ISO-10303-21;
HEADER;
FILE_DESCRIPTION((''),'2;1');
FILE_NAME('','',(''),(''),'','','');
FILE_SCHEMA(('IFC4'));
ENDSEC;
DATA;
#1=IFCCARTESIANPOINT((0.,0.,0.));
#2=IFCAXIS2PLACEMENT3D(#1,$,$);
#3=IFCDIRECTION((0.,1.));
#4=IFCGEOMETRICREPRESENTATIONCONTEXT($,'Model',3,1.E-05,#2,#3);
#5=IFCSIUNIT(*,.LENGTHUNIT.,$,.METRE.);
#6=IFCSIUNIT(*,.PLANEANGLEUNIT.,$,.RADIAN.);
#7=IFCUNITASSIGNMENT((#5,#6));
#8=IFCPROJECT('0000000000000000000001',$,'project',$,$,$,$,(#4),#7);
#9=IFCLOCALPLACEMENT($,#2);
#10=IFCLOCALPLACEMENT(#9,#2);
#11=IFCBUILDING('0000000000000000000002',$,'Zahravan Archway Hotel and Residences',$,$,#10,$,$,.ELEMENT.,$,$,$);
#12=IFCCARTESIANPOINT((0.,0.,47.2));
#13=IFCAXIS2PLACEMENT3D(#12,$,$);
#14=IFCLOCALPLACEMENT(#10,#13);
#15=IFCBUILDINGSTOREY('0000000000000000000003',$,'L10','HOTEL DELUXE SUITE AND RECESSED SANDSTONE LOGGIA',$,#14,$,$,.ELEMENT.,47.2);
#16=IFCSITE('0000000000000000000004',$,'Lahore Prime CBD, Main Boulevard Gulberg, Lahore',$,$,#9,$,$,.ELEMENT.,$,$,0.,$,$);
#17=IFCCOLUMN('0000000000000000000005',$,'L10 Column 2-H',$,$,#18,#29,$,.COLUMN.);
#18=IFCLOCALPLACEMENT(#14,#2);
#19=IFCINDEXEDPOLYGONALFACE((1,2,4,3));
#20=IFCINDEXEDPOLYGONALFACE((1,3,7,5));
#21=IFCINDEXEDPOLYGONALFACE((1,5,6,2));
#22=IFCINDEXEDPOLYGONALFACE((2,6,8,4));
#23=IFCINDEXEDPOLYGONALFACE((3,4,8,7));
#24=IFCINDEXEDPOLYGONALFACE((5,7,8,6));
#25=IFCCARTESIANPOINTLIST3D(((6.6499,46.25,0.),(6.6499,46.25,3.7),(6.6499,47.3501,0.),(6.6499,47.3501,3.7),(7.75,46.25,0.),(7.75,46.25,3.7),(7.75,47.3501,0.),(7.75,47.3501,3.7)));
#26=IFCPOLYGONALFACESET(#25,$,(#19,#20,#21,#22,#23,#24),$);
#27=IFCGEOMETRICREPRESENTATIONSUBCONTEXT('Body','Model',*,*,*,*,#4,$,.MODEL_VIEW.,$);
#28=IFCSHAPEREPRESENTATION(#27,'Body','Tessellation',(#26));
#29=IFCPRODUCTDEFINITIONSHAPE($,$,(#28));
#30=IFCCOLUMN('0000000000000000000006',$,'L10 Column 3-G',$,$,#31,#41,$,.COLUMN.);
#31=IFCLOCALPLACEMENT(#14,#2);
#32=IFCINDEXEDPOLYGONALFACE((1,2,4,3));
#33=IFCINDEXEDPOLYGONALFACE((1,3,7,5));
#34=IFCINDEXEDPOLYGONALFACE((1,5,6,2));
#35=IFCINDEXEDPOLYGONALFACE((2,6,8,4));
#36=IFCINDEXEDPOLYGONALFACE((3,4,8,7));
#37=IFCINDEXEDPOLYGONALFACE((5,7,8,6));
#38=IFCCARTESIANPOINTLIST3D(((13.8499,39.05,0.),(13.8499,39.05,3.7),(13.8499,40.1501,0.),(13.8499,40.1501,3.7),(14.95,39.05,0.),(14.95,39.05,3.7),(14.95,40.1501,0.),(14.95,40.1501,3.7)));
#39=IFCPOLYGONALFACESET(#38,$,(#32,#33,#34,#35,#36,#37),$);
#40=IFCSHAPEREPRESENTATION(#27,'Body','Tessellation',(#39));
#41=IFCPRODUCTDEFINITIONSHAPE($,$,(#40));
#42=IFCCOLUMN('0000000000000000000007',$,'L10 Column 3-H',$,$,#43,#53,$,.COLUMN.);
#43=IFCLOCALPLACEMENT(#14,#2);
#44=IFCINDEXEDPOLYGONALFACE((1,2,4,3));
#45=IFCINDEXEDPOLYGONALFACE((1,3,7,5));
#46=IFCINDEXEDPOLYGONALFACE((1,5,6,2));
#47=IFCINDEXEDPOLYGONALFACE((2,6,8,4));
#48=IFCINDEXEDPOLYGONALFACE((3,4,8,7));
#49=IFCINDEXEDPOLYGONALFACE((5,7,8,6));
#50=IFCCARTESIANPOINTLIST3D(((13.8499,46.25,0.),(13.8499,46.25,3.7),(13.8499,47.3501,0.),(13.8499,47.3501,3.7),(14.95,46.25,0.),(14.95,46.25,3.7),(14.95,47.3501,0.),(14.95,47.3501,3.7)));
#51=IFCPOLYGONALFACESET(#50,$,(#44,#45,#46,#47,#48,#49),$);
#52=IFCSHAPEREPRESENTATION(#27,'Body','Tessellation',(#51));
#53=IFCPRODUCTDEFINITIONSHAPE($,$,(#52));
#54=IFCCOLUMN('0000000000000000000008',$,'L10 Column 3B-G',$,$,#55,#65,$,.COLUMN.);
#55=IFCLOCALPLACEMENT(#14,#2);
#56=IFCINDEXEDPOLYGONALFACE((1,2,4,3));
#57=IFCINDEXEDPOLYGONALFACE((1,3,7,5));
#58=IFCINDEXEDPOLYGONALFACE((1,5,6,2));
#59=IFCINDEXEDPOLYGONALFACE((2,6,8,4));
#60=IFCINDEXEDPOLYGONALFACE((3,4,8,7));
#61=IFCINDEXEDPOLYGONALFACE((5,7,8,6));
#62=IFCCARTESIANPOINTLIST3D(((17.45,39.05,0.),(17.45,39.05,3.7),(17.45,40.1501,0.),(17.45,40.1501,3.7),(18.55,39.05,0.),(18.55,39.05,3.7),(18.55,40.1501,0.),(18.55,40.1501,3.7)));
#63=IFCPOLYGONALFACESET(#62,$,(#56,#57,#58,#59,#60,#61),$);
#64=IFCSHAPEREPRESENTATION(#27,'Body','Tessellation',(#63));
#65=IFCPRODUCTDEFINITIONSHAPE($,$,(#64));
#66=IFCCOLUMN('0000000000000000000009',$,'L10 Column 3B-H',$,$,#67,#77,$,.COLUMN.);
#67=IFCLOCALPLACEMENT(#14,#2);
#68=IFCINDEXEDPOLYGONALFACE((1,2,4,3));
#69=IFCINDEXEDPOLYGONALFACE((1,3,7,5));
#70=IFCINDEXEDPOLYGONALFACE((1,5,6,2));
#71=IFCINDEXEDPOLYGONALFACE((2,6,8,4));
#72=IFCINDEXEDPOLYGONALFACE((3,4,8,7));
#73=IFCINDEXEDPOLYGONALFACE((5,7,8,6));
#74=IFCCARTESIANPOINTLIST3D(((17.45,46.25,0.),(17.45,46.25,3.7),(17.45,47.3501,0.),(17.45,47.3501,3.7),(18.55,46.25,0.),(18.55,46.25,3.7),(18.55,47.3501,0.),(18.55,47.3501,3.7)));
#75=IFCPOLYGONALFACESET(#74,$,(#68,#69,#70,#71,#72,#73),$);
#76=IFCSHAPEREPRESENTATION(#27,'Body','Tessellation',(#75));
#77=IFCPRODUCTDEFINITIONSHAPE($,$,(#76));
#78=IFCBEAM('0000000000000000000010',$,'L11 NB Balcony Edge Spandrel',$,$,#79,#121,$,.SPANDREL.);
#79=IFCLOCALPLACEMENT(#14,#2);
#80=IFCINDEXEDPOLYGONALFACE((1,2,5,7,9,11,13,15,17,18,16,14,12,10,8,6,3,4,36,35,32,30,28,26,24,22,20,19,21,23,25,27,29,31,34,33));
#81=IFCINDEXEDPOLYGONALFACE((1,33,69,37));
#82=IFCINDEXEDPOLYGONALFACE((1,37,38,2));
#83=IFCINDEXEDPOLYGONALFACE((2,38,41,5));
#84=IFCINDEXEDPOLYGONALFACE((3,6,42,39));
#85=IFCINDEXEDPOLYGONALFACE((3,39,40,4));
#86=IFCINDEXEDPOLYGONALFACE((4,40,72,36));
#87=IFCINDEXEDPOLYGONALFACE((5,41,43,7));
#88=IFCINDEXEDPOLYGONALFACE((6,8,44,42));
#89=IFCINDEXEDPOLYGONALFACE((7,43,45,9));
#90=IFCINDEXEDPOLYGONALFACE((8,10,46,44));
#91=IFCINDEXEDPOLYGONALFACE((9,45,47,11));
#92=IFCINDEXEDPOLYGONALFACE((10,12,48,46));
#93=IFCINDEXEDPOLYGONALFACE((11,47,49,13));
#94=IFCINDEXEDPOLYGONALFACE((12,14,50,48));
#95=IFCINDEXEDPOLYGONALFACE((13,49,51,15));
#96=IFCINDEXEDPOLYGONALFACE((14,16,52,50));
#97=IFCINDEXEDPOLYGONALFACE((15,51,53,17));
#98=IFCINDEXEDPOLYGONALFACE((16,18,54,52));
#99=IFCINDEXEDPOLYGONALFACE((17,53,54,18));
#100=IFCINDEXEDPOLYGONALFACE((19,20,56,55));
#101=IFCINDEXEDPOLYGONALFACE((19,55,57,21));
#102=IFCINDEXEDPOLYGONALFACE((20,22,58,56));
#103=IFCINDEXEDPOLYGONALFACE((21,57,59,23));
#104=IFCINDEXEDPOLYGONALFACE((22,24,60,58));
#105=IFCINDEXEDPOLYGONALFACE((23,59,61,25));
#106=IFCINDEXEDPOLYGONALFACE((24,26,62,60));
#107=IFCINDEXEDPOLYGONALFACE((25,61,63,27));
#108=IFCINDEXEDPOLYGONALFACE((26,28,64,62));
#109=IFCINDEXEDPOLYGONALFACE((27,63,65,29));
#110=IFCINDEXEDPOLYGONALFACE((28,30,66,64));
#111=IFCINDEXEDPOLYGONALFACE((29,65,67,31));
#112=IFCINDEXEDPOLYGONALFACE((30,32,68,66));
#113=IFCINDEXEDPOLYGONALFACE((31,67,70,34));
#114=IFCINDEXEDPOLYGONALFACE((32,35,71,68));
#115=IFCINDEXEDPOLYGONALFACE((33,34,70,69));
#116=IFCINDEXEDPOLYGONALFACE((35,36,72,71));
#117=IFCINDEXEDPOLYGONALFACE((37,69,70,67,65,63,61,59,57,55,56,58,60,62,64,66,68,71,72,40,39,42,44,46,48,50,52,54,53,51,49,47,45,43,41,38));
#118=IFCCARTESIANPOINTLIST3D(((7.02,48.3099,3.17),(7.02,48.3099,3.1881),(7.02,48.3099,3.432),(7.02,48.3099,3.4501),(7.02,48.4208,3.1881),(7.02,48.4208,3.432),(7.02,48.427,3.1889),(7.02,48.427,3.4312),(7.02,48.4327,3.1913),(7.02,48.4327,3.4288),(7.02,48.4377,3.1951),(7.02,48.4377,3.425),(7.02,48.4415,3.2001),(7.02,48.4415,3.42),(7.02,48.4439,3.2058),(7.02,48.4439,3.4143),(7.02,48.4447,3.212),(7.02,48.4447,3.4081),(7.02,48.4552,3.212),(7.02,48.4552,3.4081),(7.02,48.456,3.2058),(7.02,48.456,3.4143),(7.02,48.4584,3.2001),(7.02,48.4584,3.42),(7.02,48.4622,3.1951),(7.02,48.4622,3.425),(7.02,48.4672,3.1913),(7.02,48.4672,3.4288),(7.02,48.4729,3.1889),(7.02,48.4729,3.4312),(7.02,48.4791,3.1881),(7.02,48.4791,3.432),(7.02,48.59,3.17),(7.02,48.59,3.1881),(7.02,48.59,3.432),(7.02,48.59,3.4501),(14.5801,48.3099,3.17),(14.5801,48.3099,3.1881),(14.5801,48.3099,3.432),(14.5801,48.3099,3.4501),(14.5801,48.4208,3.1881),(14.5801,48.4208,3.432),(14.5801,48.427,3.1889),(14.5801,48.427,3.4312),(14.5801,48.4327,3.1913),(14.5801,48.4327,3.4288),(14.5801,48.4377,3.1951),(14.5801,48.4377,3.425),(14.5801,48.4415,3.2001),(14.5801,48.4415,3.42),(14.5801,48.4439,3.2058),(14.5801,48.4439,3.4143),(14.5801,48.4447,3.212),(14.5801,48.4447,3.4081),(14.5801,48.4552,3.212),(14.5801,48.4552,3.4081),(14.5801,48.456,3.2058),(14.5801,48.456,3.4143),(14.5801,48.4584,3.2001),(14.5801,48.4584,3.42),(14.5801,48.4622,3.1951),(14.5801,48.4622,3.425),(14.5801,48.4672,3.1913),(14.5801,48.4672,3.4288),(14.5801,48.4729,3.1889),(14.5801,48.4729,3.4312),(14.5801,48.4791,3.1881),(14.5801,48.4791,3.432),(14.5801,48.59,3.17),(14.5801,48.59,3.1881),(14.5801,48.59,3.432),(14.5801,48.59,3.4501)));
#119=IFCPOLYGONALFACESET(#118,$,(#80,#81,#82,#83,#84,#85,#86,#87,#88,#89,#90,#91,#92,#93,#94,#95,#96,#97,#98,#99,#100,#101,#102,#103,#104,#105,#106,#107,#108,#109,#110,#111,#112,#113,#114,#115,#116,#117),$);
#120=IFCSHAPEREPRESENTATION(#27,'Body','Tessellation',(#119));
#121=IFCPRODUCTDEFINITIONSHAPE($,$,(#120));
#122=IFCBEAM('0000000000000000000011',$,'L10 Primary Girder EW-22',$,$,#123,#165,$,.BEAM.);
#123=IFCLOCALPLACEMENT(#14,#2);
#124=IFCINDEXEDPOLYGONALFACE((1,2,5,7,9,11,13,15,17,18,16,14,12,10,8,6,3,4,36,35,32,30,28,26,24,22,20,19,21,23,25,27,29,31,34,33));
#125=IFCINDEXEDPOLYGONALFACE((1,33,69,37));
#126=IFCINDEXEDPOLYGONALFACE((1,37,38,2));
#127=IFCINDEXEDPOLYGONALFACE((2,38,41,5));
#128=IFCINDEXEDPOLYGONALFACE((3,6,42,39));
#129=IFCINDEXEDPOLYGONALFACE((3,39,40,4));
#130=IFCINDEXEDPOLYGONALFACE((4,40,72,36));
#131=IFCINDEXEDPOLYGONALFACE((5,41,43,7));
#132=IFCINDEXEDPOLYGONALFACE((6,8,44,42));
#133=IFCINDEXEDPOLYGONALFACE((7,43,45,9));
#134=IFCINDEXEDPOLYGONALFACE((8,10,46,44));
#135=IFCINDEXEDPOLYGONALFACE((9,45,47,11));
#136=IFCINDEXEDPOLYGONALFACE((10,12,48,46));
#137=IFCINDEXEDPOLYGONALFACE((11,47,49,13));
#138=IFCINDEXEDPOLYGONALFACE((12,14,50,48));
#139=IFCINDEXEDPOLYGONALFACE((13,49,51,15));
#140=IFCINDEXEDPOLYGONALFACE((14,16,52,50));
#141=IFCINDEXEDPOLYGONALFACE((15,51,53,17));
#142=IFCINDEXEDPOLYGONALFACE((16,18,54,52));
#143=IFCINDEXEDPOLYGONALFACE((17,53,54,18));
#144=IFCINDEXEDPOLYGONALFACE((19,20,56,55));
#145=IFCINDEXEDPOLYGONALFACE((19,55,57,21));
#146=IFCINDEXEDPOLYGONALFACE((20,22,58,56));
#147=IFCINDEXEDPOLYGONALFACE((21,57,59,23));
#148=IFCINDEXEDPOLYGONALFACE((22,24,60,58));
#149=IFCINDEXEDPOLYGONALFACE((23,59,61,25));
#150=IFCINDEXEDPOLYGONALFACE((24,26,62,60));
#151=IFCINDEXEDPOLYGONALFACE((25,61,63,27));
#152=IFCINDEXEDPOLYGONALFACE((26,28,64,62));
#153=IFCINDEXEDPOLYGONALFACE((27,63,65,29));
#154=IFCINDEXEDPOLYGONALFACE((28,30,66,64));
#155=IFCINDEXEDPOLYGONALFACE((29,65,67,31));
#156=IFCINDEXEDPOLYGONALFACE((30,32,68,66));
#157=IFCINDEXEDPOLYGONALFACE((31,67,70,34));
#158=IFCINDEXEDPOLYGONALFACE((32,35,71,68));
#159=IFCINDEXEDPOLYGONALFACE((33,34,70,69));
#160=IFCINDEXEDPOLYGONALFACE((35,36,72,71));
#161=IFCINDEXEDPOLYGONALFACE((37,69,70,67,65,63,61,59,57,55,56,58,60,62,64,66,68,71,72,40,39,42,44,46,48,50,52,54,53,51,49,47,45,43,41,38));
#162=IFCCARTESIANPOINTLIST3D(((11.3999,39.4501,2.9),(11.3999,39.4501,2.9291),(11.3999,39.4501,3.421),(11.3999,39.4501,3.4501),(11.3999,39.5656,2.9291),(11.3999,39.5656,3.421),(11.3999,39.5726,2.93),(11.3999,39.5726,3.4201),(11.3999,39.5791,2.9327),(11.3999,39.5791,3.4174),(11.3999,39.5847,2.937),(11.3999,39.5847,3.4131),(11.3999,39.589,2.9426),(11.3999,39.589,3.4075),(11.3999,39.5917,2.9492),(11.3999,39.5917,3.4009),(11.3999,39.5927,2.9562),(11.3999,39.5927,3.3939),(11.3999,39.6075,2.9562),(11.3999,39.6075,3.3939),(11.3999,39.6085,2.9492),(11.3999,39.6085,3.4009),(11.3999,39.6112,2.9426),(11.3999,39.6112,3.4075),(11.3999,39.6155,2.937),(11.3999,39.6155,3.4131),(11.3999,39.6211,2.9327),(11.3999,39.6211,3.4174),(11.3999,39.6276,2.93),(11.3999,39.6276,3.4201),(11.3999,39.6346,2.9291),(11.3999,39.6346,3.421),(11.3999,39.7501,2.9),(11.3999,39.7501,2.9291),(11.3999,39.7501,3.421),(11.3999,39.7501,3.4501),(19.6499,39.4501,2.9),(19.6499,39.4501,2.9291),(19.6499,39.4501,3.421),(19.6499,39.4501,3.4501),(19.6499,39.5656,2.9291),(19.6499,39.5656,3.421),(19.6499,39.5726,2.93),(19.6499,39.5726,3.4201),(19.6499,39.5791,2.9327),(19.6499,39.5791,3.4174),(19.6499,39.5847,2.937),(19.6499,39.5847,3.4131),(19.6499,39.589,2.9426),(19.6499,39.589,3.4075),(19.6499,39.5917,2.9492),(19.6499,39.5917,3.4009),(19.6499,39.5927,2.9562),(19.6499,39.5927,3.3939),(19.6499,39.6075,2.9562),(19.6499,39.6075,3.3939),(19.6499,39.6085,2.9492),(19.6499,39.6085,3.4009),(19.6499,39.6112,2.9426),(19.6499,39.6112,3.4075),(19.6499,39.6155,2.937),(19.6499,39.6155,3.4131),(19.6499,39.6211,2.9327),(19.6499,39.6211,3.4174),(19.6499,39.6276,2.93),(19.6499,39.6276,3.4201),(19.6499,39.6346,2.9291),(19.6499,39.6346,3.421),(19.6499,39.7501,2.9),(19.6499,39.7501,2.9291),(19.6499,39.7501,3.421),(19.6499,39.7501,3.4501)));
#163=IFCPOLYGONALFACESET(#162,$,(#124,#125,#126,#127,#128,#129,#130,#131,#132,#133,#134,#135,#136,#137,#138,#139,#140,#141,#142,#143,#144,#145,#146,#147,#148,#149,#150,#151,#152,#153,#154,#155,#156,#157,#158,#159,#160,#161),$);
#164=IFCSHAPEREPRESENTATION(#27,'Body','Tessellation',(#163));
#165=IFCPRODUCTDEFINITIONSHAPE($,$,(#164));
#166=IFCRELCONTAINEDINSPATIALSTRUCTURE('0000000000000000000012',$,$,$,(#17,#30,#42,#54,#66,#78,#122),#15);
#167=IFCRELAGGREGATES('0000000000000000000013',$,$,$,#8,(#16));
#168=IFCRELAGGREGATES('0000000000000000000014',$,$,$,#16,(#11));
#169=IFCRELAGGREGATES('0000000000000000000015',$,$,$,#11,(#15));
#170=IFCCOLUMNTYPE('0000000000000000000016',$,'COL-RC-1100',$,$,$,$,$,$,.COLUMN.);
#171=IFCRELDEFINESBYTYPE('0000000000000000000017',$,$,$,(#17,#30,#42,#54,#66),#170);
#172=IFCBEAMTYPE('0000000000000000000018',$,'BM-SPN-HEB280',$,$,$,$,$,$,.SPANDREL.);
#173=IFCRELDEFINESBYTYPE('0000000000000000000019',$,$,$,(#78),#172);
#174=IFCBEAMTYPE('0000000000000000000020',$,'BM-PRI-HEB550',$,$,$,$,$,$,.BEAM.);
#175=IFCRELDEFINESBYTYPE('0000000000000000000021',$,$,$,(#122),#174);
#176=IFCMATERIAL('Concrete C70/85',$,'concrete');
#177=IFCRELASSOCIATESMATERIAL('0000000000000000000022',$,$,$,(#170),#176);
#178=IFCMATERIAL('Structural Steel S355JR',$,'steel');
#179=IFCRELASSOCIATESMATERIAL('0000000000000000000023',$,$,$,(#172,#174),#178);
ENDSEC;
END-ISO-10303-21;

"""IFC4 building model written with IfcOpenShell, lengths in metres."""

from ifc_helpers import new_model, si_unit, direction, frame, origin, origin_2d, place, context, subcontext, project, spatial, rectangle, i_section, extrude, source, transform, mapped, material, material_profile, profile_set, type_object, type_shapes, element, save


model = new_model("IFC4")

# Units and contexts
model_context = context("Model", 3, precision=1e-05, world=origin(), true_north=direction((0.0, 1.0)))
body_context = subcontext(model_context, "Body", "Model", "MODEL_VIEW")
ifc_project = project(units=[si_unit("LENGTHUNIT", "METRE"), si_unit("PLANEANGLEUNIT", "RADIAN")], contexts=[model_context])

# Site, building, storey
site_placement = place(None, origin())
site = spatial("IfcSite", under=ifc_project, at=site_placement, Name="Lahore Prime CBD, Main Boulevard Gulberg, Lahore", CompositionType="ELEMENT", RefElevation=0.0)
building_placement = place(site_placement, origin())
building = spatial("IfcBuilding", under=site, at=building_placement, Name="Zahravan Archway Hotel and Residences", CompositionType="ELEMENT")
storey_placement = place(building_placement, frame((0.0, 0.0, 47.2)))
storey = spatial("IfcBuildingStorey", under=building, at=storey_placement, Name="L10", Description="HOTEL DELUXE SUITE AND RECESSED SANDSTONE LOGGIA", CompositionType="ELEMENT", Elevation=47.2)

# Columns
ifc_material_1 = material(Name="Concrete C70/85", Category="concrete")
ifc_material_profile_1 = material_profile(ifc_material_1, rectangle(XDim=1.1001, YDim=1.1001, at=origin_2d()), Name="RC 1100x1100", Category="concrete")
ifc_profile_set_1 = profile_set([ifc_material_profile_1], Name="Concrete C70/85")
column_type = type_object("IfcColumnType", Name="COL-RC-1100", PredefinedType="COLUMN", material=ifc_profile_set_1)
shared_shape_1 = source(origin(), body_context, "Body", "SweptSolid", [
    extrude(rectangle(XDim=1.1001, YDim=1.1001, at=origin_2d()), origin(), (0.0, 0.0, 1.0), 3.7),
])
for number, where, z_axis, x_axis, name in (
    (1, (7.2, 46.8, 0.0), (0.0, 0.0, 1.0), (1.0, 0.0, 0.0), "L10 Column 2-H"),
    (2, (14.3999, 39.6001, 0.0), (0.0, 0.0, 1.0), (1.0, 0.0, 0.0), "L10 Column 3-G"),
    (3, (14.3999, 46.8, 0.0), (0.0, 0.0, 1.0), (1.0, 0.0, 0.0), "L10 Column 3-H"),
    (4, (18.0, 39.6001, 0.0), (0.0, 0.0, 1.0), (1.0, 0.0, 0.0), "L10 Column 3B-G"),
    (5, (18.0, 46.8, 0.0), (0.0, 0.0, 1.0), (1.0, 0.0, 0.0), "L10 Column 3B-H"),
):
    element("IfcColumn", number, at=place(storey_placement, frame(where, z_axis=z_axis, x_axis=x_axis)), inside=storey, type_object=column_type, Name=name, PredefinedType="COLUMN", context=body_context, shape_type="MappedRepresentation", body=[
        mapped(shared_shape_1, transform((0.0, 0.0, 0.0), scale=1.0)),
    ])

# Beams
ifc_material_2 = material(Name="Structural Steel S355JR", Category="steel")
ifc_material_profile_2 = material_profile(ifc_material_2, i_section(OverallWidth=0.28, OverallDepth=0.28, WebThickness=0.0105, FlangeThickness=0.0181, FilletRadius=0.0239, at=origin_2d()), Name="HEB 280", Category="steel")
ifc_profile_set_2 = profile_set([ifc_material_profile_2], Name="Structural Steel S355JR")
beam_type_1 = type_object("IfcBeamType", Name="BM-SPN-HEB280", PredefinedType="SPANDREL", material=ifc_profile_set_2)
shared_shape_2 = source(origin(), body_context, "Body", "SweptSolid", [
    extrude(i_section(OverallWidth=0.28, OverallDepth=0.28, WebThickness=0.0105, FlangeThickness=0.0181, FilletRadius=0.0239, at=origin_2d()), origin(), (0.0, 0.0, 1.0), 7.5601),
])
type_shapes(beam_type_1, [shared_shape_2])
beam_1_placement = place(storey_placement, frame((7.02, 48.45, 3.3101), z_axis=(1.0, 0.0, 0.0), x_axis=(0.0, 1.0, 0.0)))
element("IfcBeam", 6, at=beam_1_placement, inside=storey, type_object=beam_type_1, Name="L11 NB Balcony Edge Spandrel", PredefinedType="SPANDREL", context=body_context, shape_type="MappedRepresentation", body=[
    mapped(shared_shape_2, transform((0.0, 0.0, 0.0), scale=1.0)),
])
ifc_material_profile_3 = material_profile(ifc_material_2, i_section(OverallWidth=0.3, OverallDepth=0.55, WebThickness=0.0149, FlangeThickness=0.0291, FilletRadius=0.0271, at=origin_2d()), Name="HEB 550", Category="steel")
ifc_profile_set_3 = profile_set([ifc_material_profile_3], Name="Structural Steel S355JR")
beam_type_2 = type_object("IfcBeamType", Name="BM-PRI-HEB550", PredefinedType="BEAM", material=ifc_profile_set_3)
shared_shape_3 = source(origin(), body_context, "Body", "SweptSolid", [
    extrude(i_section(OverallWidth=0.3, OverallDepth=0.55, WebThickness=0.0149, FlangeThickness=0.0291, FilletRadius=0.0271, at=origin_2d()), origin(), (0.0, 0.0, 1.0), 8.25),
])
beam_2_placement = place(storey_placement, frame((11.3999, 39.6001, 3.175), z_axis=(1.0, 0.0, 0.0), x_axis=(0.0, 1.0, 0.0)))
element("IfcBeam", 7, at=beam_2_placement, inside=storey, type_object=beam_type_2, Name="L10 Primary Girder EW-22", PredefinedType="BEAM", context=body_context, shape_type="MappedRepresentation", body=[
    mapped(shared_shape_3, transform((0.0, 0.0, 0.0), scale=1.0)),
])

save(model, "model.ifc")
